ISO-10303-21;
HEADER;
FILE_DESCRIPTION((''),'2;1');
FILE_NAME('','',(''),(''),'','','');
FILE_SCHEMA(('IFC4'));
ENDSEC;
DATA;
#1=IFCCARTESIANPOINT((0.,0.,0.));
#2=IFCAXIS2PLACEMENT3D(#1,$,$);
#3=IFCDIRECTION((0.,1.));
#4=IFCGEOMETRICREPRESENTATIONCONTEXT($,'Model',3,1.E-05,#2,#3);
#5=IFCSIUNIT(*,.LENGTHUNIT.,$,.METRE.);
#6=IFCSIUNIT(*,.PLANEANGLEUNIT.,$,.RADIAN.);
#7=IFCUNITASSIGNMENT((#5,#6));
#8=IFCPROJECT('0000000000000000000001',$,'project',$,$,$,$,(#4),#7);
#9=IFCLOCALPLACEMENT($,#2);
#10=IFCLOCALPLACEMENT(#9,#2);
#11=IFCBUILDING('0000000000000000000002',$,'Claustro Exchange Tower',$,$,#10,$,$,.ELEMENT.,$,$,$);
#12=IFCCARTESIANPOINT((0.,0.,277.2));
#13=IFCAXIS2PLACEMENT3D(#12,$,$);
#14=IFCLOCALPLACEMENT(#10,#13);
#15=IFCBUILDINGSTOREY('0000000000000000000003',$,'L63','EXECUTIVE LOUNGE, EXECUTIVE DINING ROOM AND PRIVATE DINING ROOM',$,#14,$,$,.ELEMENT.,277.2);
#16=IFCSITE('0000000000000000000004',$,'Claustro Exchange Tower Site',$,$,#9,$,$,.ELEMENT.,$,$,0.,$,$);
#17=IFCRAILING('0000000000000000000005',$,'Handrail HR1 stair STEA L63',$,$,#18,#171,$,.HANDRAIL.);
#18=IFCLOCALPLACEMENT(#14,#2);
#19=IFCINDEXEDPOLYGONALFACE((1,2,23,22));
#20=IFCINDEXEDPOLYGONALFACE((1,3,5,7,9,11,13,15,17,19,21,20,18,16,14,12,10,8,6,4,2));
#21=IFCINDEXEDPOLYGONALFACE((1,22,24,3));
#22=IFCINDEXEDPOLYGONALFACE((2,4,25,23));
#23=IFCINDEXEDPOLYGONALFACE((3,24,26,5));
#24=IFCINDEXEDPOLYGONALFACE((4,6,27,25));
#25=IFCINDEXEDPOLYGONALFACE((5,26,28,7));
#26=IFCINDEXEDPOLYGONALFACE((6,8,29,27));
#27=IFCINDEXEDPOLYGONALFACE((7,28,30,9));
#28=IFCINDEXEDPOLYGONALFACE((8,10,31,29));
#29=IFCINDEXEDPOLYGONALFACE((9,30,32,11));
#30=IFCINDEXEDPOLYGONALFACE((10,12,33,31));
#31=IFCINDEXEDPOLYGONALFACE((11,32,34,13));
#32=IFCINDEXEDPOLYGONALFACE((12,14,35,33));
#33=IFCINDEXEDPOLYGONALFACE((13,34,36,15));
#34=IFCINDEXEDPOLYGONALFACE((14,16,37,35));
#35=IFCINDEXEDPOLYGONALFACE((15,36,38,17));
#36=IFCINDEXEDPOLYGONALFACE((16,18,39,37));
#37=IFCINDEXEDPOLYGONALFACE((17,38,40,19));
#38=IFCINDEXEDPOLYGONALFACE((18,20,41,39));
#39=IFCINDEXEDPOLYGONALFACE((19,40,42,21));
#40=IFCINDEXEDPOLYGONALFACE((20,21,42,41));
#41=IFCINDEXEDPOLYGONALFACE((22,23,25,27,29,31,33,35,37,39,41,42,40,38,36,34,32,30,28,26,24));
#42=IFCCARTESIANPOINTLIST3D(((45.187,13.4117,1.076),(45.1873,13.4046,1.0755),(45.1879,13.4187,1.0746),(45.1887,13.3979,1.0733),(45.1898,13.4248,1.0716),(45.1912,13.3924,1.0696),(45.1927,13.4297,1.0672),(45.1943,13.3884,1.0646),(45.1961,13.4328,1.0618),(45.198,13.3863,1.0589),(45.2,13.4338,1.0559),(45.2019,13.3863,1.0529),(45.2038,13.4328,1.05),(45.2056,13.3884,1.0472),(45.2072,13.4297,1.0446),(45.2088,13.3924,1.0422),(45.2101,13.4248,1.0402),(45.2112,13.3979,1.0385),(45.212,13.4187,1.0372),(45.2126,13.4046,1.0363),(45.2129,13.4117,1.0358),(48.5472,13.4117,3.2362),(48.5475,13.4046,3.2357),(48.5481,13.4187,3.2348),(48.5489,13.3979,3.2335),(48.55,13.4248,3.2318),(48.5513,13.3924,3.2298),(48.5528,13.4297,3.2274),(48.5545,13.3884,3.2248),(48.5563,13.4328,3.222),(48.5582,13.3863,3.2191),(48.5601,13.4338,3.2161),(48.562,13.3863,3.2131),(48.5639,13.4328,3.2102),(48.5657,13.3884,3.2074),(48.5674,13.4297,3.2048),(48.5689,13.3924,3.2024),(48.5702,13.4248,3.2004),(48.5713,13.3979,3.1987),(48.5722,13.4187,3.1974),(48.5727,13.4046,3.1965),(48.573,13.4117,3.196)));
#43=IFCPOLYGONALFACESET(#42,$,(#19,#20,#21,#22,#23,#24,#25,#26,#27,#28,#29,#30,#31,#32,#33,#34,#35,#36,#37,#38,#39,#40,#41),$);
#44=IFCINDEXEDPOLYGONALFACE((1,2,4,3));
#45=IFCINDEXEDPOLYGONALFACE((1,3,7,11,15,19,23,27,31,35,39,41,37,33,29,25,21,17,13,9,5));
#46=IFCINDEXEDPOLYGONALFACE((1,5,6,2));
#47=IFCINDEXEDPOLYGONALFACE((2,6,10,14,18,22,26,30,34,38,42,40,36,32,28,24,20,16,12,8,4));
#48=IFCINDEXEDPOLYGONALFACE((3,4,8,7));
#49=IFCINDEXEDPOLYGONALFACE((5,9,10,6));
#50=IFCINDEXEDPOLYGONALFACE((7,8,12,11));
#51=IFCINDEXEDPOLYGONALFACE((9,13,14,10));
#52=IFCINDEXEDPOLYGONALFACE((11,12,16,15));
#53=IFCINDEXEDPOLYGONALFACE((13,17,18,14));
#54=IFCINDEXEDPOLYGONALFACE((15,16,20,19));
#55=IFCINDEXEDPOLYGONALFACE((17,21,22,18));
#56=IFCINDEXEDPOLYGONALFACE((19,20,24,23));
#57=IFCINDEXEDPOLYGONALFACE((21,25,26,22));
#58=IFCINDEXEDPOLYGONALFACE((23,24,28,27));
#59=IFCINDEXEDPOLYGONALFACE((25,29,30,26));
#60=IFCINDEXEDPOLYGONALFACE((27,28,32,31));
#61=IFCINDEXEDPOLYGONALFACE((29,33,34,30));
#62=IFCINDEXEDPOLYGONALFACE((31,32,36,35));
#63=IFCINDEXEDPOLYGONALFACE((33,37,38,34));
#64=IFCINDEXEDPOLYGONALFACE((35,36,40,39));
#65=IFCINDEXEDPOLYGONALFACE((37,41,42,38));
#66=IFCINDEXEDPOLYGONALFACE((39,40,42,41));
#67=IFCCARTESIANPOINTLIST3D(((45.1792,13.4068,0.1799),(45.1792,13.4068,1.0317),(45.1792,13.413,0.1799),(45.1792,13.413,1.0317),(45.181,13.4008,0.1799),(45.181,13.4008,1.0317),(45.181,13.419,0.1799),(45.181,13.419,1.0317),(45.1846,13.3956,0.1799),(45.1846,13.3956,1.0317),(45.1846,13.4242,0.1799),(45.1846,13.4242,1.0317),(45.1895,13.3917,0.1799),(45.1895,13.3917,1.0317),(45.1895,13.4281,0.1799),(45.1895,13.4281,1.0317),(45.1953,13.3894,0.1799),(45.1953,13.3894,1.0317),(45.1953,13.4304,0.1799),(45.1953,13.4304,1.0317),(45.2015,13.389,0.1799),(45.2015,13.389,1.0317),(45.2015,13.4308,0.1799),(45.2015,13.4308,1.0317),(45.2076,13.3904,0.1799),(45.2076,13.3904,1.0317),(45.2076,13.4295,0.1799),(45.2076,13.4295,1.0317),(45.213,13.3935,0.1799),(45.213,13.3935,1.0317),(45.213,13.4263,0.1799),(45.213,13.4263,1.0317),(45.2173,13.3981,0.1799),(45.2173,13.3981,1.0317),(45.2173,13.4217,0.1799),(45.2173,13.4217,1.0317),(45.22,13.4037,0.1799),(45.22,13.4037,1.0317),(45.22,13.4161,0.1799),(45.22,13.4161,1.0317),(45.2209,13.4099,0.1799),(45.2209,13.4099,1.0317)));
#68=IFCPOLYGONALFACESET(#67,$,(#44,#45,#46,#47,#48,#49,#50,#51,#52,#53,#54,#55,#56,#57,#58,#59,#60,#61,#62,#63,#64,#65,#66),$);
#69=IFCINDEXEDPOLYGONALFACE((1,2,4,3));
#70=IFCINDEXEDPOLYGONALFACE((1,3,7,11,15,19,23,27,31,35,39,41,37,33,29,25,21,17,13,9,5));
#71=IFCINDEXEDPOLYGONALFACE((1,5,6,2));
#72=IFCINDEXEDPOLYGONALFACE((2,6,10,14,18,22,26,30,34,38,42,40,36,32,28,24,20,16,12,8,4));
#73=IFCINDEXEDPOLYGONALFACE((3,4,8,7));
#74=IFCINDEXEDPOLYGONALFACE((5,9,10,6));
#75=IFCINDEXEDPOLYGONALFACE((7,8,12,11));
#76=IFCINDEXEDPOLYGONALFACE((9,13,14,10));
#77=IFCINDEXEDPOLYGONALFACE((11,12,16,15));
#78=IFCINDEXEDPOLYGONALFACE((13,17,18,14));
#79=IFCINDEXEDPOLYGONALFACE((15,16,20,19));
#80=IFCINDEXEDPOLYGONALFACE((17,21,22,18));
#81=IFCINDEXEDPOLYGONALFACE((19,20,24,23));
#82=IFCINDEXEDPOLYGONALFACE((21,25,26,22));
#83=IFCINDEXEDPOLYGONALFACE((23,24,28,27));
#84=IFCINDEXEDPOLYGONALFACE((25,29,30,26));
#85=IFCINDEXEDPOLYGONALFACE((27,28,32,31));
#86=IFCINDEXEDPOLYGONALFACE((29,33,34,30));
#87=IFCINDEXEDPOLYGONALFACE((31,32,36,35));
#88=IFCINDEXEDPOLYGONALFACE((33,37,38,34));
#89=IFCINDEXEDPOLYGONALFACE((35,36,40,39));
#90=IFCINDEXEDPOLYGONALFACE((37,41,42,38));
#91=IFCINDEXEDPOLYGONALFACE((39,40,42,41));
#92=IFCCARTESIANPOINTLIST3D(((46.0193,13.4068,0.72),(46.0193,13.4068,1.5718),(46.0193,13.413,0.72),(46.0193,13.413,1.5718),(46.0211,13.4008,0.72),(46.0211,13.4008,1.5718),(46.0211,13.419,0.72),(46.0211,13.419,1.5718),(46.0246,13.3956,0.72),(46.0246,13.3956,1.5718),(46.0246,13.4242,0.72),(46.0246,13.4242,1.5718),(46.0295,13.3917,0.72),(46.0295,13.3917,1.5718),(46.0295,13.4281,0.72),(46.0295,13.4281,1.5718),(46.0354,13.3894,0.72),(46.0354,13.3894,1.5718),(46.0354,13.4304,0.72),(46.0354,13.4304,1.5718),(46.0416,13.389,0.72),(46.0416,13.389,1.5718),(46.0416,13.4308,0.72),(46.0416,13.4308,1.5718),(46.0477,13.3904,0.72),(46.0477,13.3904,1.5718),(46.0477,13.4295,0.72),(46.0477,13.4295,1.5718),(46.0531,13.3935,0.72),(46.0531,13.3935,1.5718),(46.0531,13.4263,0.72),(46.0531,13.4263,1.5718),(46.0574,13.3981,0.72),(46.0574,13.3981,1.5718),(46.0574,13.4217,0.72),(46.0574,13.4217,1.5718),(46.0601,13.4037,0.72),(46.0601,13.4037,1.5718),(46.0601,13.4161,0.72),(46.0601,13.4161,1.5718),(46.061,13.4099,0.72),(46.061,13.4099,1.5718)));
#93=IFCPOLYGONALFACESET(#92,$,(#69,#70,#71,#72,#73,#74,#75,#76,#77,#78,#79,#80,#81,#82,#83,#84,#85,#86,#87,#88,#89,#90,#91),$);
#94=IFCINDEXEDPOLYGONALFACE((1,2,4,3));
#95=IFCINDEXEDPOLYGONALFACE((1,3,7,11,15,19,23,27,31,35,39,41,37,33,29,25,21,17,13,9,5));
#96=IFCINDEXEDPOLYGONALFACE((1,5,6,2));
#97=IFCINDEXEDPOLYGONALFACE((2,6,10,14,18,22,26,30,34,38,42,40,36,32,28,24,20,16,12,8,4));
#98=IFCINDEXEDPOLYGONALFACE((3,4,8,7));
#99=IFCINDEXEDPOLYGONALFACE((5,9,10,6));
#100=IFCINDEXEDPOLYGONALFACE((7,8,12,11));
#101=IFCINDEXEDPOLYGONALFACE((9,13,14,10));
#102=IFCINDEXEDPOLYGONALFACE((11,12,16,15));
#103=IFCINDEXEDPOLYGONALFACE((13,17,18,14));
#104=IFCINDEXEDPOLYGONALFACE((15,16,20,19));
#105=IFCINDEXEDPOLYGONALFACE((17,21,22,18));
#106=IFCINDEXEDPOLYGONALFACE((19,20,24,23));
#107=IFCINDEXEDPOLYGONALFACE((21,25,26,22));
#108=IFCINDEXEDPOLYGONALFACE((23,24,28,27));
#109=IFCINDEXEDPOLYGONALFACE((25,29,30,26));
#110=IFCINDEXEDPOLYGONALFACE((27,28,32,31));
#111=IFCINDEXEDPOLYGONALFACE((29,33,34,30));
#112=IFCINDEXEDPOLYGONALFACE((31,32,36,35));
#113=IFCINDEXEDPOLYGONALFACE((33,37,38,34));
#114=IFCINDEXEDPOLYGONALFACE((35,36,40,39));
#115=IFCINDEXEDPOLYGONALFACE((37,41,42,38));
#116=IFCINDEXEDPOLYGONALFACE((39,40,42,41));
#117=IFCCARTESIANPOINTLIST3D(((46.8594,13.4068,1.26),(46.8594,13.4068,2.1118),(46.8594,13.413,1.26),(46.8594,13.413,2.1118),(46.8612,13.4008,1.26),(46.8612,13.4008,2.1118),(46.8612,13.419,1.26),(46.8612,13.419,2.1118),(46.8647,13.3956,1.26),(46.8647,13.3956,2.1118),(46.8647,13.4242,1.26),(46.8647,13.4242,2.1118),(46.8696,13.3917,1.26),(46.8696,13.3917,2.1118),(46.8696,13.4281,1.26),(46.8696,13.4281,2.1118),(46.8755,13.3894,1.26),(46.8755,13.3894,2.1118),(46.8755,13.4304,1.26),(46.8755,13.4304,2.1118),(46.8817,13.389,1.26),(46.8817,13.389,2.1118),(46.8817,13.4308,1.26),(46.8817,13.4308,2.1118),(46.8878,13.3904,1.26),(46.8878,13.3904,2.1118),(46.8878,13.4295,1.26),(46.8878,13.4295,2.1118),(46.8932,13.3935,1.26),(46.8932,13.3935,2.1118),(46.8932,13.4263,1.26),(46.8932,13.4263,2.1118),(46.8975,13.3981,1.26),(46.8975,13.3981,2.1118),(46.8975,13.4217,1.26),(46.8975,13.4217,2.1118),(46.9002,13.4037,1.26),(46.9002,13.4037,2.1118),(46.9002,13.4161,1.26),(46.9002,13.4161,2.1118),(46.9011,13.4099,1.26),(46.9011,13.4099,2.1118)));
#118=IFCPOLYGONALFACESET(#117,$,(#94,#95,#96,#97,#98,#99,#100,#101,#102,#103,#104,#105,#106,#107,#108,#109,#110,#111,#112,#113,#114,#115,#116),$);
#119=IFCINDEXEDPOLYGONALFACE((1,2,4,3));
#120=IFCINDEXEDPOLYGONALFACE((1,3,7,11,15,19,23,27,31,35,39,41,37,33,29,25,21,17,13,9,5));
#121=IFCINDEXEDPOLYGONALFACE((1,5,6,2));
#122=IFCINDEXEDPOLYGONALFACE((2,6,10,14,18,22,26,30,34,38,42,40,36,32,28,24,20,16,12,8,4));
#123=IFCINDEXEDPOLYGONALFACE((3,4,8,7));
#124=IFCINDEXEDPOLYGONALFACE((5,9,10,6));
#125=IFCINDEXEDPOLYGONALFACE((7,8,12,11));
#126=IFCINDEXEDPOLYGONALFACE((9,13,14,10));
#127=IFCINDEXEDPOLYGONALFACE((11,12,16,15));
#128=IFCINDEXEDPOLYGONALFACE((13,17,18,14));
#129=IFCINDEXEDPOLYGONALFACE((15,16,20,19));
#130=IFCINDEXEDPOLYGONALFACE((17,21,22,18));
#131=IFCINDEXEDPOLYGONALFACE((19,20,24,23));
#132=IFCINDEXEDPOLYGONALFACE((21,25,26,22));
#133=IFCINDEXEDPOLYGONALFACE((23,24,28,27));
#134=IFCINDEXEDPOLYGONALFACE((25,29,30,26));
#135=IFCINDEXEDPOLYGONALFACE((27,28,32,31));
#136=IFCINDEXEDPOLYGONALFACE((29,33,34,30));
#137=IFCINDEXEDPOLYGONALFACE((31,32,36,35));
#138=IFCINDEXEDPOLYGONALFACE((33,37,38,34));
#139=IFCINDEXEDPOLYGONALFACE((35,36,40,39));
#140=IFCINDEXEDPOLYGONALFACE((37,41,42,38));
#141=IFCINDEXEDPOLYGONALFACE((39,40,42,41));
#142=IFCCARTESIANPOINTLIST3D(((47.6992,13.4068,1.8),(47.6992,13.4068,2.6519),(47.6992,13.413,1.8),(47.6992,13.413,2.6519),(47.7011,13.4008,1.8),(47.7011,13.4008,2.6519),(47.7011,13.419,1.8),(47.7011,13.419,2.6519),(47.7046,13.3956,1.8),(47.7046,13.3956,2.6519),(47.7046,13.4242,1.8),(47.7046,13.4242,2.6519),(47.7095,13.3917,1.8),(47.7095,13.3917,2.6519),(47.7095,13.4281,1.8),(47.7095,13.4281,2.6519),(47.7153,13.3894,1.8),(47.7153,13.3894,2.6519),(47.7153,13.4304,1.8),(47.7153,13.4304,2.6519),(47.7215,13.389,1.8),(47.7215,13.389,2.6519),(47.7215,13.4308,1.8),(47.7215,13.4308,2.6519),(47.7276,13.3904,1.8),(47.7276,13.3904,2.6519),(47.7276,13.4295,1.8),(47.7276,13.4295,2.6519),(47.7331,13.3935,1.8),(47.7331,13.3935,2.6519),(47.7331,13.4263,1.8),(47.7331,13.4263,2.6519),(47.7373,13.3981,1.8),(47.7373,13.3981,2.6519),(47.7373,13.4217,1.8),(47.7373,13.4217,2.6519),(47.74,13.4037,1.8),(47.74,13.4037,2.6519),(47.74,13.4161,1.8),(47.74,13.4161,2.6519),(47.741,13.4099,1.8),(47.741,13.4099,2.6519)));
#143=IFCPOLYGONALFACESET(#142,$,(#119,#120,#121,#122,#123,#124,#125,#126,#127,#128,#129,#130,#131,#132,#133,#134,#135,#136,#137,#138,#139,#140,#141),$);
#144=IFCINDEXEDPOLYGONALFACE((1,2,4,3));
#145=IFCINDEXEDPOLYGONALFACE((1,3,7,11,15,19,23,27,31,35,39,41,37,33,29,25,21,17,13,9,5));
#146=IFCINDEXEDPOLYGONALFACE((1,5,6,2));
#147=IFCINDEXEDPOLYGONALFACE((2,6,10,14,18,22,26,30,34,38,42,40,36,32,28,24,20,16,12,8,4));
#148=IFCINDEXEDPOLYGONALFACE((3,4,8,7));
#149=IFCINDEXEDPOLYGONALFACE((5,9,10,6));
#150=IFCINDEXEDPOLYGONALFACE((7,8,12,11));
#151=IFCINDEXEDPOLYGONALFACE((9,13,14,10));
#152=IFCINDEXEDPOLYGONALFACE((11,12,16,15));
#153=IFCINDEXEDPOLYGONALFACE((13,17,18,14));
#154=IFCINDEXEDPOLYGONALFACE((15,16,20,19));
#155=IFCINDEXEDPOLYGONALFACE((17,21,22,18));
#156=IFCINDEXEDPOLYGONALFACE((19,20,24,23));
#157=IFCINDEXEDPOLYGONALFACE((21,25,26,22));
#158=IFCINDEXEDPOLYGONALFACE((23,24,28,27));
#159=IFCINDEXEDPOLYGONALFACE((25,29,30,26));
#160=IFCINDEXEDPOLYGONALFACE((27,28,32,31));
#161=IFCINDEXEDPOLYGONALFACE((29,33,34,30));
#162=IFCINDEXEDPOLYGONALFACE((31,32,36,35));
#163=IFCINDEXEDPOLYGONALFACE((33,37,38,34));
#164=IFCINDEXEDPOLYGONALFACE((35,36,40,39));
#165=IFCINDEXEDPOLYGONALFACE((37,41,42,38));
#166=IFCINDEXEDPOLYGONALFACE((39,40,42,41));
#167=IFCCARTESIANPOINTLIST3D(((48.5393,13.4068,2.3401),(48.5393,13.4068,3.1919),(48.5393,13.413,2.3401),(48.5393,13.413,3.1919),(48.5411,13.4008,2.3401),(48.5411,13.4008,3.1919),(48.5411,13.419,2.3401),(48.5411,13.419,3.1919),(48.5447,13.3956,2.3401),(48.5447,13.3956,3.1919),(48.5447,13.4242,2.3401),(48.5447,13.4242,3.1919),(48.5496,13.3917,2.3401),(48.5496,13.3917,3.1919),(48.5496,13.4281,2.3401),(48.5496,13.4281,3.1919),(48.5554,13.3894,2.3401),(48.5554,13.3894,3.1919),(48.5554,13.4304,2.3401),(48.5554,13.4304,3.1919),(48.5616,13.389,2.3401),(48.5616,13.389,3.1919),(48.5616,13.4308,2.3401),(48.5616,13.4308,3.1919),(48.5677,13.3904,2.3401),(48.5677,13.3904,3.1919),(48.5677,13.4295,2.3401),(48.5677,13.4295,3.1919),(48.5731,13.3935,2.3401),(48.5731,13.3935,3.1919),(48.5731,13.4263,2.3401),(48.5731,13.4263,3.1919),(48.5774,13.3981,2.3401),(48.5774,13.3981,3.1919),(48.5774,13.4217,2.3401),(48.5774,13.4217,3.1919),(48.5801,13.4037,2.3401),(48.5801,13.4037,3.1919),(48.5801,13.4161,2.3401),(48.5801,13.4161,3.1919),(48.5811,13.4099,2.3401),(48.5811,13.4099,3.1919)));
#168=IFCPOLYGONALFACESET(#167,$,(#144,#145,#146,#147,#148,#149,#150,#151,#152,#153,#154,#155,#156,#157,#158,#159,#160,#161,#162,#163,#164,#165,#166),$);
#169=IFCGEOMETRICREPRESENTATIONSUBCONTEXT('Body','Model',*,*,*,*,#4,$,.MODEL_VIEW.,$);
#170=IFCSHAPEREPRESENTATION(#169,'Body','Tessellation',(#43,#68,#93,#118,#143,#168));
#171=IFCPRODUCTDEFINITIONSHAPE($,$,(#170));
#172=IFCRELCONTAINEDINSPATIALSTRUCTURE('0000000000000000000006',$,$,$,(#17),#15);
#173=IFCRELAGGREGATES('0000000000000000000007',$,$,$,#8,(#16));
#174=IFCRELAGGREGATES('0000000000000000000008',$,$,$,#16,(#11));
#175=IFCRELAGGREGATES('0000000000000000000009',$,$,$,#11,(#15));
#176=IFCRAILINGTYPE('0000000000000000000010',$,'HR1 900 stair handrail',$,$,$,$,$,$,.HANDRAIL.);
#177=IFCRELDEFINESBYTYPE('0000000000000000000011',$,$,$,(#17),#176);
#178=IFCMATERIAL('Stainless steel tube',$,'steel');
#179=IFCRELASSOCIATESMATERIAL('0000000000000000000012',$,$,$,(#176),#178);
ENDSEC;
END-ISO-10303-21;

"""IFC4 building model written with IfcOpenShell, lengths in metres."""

from ifc_helpers import new_model, si_unit, direction, frame, origin, origin_2d, place, context, subcontext, project, spatial, circle, extrude, material, type_object, element, save


model = new_model("IFC4")

# Units and contexts
model_context = context("Model", 3, precision=1e-05, world=origin(), true_north=direction((0.0, 1.0)))
body_context = subcontext(model_context, "Body", "Model", "MODEL_VIEW")
ifc_project = project(units=[si_unit("LENGTHUNIT", "METRE"), si_unit("PLANEANGLEUNIT", "RADIAN")], contexts=[model_context])

# Site, building, storey
site_placement = place(None, origin())
site = spatial("IfcSite", under=ifc_project, at=site_placement, Name="Claustro Exchange Tower Site", CompositionType="ELEMENT", RefElevation=0.0)
building_placement = place(site_placement, origin())
building = spatial("IfcBuilding", under=site, at=building_placement, Name="Claustro Exchange Tower", CompositionType="ELEMENT")
storey_placement = place(building_placement, frame((0.0, 0.0, 277.2)))
storey = spatial("IfcBuildingStorey", under=building, at=storey_placement, Name="L63", Description="EXECUTIVE LOUNGE, EXECUTIVE DINING ROOM AND PRIVATE DINING ROOM", CompositionType="ELEMENT", Elevation=277.2)

# Railing
ifc_material_1 = material(Name="Stainless steel tube", Category="steel")
railing_type = type_object("IfcRailingType", Name="HR1 900 stair handrail", PredefinedType="HANDRAIL", material=ifc_material_1)
railing_placement = place(storey_placement, frame((45.2, 13.4099, 0.1799)))
element("IfcRailing", 1, at=railing_placement, inside=storey, type_object=railing_type, Name="Handrail HR1 stair STEA L63", PredefinedType="HANDRAIL", context=body_context, shape_type="SweptSolid", body=[
    extrude(circle(Radius=0.0239, at=origin_2d()), frame((0.0, 0.0, 0.876), z_axis=(0.841169, 0.0, 0.540773), x_axis=(0.0, 1.0, 0.0)), (0.0, 0.0, 1.0), 3.9946),
    extrude(circle(Radius=0.021, at=origin_2d()), origin(), (0.0, 0.0, 1.0), 0.8518),
    extrude(circle(Radius=0.021, at=origin_2d()), frame((0.8401, 0.0, 0.54)), (0.0, 0.0, 1.0), 0.8518),
    extrude(circle(Radius=0.021, at=origin_2d()), frame((1.6802, 0.0, 1.0801)), (0.0, 0.0, 1.0), 0.8518),
    extrude(circle(Radius=0.021, at=origin_2d()), frame((2.52, 0.0, 1.6201)), (0.0, 0.0, 1.0), 0.8518),
    extrude(circle(Radius=0.021, at=origin_2d()), frame((3.3601, 0.0, 2.1602)), (0.0, 0.0, 1.0), 0.8518),
])

save(model, "model.ifc")
